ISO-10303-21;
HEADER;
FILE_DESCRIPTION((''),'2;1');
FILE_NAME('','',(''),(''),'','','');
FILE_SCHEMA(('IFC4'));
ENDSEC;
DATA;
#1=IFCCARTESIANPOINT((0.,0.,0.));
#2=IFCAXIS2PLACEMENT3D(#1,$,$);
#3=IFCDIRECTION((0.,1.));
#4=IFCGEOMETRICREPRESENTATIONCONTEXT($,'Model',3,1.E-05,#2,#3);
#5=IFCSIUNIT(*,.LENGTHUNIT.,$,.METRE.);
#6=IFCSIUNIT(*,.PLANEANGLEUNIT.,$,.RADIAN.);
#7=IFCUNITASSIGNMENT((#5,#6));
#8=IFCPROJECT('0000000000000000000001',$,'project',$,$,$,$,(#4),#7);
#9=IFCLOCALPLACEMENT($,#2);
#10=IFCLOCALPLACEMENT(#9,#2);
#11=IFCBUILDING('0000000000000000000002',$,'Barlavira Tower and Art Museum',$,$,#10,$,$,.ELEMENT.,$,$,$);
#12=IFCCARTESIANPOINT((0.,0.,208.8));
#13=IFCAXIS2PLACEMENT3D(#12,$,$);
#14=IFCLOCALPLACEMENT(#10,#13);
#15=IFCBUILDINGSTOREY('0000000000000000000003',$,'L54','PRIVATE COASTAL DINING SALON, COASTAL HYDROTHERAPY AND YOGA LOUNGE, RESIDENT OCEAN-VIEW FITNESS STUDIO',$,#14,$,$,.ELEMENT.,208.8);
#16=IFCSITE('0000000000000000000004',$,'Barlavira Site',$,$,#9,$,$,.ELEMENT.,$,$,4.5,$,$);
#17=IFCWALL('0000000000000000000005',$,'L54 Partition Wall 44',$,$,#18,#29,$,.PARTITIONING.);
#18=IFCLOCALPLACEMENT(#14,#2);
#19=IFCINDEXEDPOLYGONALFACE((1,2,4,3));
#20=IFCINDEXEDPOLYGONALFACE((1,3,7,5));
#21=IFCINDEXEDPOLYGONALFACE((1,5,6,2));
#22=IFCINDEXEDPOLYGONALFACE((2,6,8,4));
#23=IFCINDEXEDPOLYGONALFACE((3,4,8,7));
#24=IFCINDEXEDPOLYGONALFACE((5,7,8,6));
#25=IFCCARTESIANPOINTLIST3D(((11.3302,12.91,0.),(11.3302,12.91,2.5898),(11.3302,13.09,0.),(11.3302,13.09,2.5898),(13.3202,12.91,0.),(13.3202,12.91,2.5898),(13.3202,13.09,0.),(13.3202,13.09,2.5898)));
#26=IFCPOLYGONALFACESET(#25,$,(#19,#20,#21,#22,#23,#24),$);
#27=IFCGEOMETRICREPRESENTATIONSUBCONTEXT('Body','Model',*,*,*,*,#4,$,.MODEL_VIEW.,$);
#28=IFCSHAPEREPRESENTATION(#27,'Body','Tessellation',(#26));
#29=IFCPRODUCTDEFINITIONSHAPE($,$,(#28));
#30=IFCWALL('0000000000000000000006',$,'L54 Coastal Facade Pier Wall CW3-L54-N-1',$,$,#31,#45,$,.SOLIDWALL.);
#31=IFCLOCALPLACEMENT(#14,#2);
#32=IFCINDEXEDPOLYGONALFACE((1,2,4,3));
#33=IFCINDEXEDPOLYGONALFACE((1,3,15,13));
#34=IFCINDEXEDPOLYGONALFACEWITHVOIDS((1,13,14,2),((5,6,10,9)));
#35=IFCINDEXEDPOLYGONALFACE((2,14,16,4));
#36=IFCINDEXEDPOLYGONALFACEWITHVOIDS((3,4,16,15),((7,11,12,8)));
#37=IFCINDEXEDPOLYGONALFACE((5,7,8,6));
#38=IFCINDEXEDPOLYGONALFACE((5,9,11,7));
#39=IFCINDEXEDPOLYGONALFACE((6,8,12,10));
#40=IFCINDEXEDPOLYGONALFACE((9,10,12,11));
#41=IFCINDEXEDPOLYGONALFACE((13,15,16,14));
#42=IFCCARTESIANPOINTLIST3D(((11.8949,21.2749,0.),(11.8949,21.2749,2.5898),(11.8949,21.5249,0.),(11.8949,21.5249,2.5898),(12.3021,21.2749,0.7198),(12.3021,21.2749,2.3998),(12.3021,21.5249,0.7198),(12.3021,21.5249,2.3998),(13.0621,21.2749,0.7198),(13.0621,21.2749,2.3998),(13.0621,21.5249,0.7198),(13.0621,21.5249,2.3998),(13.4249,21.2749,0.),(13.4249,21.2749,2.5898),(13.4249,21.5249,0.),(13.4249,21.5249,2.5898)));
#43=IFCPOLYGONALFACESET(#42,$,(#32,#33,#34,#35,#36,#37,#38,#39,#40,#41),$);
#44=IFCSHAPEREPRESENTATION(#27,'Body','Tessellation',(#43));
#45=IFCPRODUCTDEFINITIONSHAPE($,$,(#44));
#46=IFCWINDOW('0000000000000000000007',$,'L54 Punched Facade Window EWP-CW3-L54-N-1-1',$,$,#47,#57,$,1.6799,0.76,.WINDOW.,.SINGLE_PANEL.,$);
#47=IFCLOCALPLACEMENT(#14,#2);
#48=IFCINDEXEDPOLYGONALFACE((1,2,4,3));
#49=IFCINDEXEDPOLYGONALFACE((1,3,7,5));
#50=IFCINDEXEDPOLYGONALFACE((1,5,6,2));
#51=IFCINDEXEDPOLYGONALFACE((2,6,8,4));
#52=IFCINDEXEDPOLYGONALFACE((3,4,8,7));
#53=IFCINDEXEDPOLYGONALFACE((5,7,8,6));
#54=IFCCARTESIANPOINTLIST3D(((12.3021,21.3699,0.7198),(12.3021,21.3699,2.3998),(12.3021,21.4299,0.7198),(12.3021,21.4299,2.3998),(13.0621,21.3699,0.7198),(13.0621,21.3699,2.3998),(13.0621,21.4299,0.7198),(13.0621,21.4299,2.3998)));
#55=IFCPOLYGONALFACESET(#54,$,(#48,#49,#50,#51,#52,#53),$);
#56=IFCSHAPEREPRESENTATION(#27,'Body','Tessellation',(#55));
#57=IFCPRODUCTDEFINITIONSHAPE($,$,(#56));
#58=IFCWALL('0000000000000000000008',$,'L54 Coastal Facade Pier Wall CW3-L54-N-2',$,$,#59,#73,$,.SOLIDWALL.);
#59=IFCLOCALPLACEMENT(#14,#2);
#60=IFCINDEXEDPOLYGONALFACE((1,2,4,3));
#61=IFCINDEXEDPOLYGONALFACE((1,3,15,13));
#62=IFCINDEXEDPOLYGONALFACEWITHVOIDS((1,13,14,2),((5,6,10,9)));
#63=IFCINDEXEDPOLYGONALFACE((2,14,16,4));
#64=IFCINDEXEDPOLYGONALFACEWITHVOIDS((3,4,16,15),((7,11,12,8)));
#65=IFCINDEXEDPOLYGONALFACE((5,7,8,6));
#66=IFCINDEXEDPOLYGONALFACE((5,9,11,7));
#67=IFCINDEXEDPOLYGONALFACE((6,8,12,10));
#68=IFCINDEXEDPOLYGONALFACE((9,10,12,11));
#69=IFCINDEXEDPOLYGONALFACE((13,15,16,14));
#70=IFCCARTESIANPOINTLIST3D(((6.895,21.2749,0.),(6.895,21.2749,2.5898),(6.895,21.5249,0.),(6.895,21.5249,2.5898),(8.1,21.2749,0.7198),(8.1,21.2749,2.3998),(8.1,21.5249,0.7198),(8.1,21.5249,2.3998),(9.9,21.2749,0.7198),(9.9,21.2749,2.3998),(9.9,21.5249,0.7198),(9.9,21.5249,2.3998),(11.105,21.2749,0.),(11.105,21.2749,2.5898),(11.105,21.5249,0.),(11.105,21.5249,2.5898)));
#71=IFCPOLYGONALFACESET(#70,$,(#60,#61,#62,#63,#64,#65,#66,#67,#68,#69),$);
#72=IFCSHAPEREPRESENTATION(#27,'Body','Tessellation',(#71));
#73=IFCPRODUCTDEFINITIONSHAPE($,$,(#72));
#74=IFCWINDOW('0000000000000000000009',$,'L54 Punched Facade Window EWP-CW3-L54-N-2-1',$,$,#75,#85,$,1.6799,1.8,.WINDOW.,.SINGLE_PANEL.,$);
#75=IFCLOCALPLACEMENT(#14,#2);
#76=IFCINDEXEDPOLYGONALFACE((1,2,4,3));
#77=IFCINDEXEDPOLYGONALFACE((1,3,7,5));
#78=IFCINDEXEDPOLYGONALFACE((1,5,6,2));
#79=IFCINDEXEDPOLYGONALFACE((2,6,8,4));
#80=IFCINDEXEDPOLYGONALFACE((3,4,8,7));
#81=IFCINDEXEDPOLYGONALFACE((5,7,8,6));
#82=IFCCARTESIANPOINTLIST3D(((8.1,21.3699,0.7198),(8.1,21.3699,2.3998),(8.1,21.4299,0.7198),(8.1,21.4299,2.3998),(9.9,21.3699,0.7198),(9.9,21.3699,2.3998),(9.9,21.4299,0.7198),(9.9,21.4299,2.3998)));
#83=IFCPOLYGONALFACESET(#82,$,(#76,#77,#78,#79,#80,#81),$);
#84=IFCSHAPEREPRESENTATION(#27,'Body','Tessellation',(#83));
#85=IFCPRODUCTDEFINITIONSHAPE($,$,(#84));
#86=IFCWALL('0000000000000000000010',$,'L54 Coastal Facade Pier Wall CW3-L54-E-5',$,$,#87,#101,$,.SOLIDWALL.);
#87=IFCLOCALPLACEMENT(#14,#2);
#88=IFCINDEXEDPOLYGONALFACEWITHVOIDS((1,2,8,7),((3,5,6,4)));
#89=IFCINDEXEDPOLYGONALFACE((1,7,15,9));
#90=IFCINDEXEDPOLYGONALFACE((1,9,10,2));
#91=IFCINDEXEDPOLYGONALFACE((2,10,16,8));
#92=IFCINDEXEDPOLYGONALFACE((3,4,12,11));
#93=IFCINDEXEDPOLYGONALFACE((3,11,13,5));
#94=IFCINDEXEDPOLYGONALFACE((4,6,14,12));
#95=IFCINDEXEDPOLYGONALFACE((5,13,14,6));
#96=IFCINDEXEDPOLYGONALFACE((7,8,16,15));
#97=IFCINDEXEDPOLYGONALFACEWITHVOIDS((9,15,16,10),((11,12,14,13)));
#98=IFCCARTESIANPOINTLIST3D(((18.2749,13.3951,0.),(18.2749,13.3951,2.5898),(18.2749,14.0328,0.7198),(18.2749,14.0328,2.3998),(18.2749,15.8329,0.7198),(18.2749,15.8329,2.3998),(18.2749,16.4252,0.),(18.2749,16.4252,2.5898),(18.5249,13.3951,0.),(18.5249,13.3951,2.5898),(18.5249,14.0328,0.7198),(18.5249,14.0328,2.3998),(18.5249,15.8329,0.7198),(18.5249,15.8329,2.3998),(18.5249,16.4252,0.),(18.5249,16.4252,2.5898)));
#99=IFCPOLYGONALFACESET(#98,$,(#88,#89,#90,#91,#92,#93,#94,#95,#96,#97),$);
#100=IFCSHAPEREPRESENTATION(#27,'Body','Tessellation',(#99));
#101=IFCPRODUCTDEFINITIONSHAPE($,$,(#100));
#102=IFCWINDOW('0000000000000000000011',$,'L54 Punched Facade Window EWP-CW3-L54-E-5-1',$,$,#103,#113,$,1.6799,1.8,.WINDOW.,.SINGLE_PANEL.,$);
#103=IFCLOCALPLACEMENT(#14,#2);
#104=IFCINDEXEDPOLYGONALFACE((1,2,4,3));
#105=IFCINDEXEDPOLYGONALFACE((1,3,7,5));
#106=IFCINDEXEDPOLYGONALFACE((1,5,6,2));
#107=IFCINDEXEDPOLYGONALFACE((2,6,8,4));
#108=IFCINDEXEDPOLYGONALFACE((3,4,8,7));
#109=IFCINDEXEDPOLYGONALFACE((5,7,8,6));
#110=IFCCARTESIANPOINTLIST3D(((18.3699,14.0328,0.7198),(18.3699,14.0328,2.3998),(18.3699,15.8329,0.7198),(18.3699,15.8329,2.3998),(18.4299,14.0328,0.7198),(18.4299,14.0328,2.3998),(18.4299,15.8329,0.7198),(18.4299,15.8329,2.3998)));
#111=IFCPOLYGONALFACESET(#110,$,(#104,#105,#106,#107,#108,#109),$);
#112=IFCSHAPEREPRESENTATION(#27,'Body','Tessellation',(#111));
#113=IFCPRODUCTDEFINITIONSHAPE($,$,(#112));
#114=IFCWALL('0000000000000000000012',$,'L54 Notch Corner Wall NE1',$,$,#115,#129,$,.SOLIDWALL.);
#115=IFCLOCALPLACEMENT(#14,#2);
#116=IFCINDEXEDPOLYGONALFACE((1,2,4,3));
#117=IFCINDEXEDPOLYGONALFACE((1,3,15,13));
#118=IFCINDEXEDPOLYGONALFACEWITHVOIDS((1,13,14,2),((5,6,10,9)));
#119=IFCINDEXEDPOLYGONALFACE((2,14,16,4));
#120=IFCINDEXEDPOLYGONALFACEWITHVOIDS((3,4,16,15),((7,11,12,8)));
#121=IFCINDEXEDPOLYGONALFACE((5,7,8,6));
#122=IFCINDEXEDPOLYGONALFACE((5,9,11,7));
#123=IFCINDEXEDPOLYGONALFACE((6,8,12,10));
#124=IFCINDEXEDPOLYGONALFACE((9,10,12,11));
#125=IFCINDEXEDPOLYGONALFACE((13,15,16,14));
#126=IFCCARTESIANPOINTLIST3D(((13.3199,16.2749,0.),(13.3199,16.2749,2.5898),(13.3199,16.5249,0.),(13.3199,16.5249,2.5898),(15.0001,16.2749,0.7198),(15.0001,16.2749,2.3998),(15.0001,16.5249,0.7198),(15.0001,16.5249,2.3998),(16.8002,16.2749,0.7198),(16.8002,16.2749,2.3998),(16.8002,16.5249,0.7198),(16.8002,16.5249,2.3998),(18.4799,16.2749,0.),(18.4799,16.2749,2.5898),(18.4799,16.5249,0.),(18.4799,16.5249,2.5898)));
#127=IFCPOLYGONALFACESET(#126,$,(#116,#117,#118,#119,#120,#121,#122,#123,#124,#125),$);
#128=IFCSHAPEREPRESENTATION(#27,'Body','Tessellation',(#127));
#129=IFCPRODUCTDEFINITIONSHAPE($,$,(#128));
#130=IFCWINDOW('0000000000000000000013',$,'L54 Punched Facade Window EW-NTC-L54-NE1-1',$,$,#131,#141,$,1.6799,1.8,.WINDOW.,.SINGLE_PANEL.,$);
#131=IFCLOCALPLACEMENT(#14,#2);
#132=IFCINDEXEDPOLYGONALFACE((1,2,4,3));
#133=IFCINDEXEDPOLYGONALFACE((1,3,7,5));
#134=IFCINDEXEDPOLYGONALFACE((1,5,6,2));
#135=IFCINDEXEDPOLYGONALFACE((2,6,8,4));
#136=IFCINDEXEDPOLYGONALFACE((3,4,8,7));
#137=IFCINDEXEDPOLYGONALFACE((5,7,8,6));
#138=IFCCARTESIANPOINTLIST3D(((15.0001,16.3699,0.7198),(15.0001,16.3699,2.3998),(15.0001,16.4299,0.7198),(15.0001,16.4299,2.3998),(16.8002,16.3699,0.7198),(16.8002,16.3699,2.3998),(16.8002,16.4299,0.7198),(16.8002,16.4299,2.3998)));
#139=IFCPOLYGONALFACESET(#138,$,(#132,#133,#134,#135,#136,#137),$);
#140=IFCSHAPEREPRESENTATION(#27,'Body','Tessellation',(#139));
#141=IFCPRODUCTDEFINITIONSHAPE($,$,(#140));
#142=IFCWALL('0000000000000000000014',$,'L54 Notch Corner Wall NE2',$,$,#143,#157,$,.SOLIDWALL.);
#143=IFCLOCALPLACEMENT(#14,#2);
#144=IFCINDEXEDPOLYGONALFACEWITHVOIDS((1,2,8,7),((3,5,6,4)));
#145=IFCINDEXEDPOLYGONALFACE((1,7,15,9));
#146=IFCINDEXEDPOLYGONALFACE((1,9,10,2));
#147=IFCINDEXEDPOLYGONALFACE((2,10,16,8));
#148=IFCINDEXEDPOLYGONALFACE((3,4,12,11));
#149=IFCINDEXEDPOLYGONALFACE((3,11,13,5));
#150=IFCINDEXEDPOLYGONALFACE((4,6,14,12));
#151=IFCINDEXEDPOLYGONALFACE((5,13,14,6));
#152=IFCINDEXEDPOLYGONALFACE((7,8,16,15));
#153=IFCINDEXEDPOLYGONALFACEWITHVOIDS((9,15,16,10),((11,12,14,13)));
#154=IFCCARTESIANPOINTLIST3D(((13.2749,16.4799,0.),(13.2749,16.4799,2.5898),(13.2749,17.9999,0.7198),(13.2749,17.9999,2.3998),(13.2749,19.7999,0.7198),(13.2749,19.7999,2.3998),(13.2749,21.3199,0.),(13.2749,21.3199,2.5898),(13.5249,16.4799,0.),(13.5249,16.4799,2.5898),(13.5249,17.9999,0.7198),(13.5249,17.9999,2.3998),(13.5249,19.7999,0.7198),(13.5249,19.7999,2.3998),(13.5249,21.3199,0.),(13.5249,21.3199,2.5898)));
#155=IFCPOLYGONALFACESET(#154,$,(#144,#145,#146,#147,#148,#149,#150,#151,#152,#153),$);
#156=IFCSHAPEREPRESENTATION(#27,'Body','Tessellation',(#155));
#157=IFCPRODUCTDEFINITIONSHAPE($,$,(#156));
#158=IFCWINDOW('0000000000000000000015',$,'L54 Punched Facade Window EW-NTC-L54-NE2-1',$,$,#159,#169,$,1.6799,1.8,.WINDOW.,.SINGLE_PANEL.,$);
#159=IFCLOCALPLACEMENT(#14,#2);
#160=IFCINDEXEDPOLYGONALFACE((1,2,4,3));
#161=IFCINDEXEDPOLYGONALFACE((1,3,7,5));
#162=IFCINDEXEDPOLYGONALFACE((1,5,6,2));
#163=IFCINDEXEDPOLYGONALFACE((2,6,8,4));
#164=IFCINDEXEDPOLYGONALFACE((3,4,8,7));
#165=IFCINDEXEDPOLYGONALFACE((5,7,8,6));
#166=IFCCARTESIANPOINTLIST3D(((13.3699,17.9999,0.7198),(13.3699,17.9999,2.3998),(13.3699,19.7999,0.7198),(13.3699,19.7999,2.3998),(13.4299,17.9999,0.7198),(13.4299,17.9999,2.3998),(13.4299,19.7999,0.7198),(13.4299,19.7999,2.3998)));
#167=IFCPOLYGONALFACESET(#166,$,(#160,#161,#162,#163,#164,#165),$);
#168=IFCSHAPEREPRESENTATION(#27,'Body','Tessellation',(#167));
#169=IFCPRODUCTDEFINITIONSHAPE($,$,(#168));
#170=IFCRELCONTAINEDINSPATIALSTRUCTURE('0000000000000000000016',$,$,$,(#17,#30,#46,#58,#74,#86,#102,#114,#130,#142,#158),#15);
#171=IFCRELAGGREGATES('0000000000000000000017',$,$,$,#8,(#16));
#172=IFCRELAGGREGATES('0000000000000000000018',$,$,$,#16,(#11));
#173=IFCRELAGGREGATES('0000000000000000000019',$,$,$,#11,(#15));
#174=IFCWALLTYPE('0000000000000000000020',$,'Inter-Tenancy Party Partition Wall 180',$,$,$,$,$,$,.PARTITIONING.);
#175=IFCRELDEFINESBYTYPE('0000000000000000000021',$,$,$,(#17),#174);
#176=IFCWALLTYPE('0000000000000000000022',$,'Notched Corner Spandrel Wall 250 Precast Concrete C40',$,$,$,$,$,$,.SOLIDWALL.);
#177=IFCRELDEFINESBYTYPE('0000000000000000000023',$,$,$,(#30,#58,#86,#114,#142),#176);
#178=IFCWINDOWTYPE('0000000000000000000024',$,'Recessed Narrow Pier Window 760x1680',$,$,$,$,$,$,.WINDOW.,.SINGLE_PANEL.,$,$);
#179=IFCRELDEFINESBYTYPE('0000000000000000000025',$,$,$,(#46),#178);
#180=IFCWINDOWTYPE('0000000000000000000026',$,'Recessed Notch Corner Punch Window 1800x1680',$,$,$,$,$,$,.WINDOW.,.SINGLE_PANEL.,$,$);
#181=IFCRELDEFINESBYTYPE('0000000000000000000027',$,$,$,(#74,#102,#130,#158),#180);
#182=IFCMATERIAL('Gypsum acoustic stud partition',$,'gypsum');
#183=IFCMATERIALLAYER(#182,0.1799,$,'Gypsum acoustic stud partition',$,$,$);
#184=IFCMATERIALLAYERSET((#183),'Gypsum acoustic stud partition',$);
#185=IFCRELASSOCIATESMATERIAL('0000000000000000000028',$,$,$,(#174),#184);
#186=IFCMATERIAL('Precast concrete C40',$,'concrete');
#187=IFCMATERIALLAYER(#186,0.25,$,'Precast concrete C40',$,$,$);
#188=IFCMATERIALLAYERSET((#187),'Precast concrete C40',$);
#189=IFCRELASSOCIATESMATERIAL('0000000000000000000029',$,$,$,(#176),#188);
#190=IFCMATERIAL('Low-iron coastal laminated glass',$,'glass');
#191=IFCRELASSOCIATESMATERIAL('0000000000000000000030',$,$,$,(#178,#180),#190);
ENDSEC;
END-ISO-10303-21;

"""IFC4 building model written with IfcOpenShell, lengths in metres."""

from ifc_helpers import new_model, si_unit, direction, frame, frame_2d, origin, place, context, subcontext, project, spatial, rectangle, extrude, material, layer, layer_set, type_object, element, fill, save


model = new_model("IFC4")

# Units and contexts
model_context = context("Model", 3, precision=1e-05, world=origin(), true_north=direction((0.0, 1.0)))
body_context = subcontext(model_context, "Body", "Model", "MODEL_VIEW")
ifc_project = project(units=[si_unit("LENGTHUNIT", "METRE"), si_unit("PLANEANGLEUNIT", "RADIAN")], contexts=[model_context])

# Site, building, storey
site_placement = place(None, origin())
site = spatial("IfcSite", under=ifc_project, at=site_placement, Name="Barlavira Site", CompositionType="ELEMENT", RefElevation=4.5)
building_placement = place(site_placement, origin())
building = spatial("IfcBuilding", under=site, at=building_placement, Name="Barlavira Tower and Art Museum", CompositionType="ELEMENT")
storey_placement = place(building_placement, frame((0.0, 0.0, 208.8)))
storey = spatial("IfcBuildingStorey", under=building, at=storey_placement, Name="L54", Description="PRIVATE COASTAL DINING SALON, COASTAL HYDROTHERAPY AND YOGA LOUNGE, RESIDENT OCEAN-VIEW FITNESS STUDIO", CompositionType="ELEMENT", Elevation=208.8)

# Shared definitions
ifc_material_1 = material(Name="Gypsum acoustic stud partition", Category="gypsum")
ifc_layer_1 = layer(ifc_material_1, 0.1799, Name="Gypsum acoustic stud partition")
ifc_layer_set_1 = layer_set([ifc_layer_1], Name="Gypsum acoustic stud partition")
wall_type_1 = type_object("IfcWallType", Name="Inter-Tenancy Party Partition Wall 180", PredefinedType="PARTITIONING", material=ifc_layer_set_1)

# Wall
wall_1_placement = place(storey_placement, frame((11.3301, 13.0, 0.0), z_axis=(0.0, 0.0, 1.0), x_axis=(1.0, 0.0, 0.0)))
element("IfcWall", 1, at=wall_1_placement, inside=storey, type_object=wall_type_1, Name="L54 Partition Wall 44", PredefinedType="PARTITIONING", context=body_context, shape_type="SweptSolid", body=[
    extrude(rectangle(XDim=1.99, YDim=0.1799, at=frame_2d((0.9951, 0.0))), origin(), (0.0, 0.0, 1.0), 2.5898),
])

# Walls, openings, windows
ifc_material_2 = material(Name="Precast concrete C40", Category="concrete")
ifc_layer_2 = layer(ifc_material_2, 0.25, Name="Precast concrete C40")
ifc_layer_set_2 = layer_set([ifc_layer_2], Name="Precast concrete C40")
wall_type_2 = type_object("IfcWallType", Name="Notched Corner Spandrel Wall 250 Precast Concrete C40", PredefinedType="SOLIDWALL", material=ifc_layer_set_2)
wall_2_placement = place(storey_placement, frame((13.425, 21.3999, 0.0), z_axis=(0.0, 0.0, 1.0), x_axis=(-1.0, 0.0, 0.0)))
wall_2 = element("IfcWall", 2, at=wall_2_placement, inside=storey, type_object=wall_type_2, Name="L54 Coastal Facade Pier Wall CW3-L54-N-1", PredefinedType="SOLIDWALL", context=body_context, shape_type="SweptSolid", body=[
    extrude(rectangle(XDim=1.53, YDim=0.25, at=frame_2d((0.7651, 0.0))), origin(), (0.0, 0.0, 1.0), 2.5898),
])
opening_1_placement = place(wall_2_placement, frame((0.363, 0.0, 0.72)))
opening_1 = element("IfcOpeningElement", 3, at=opening_1_placement, cuts=wall_2, PredefinedType="OPENING", context=body_context, shape_type="SweptSolid", body=[
    extrude(rectangle(XDim=0.76, YDim=1.6799, at=frame_2d((0.3799, 0.8398))), frame((0.0, 0.135, 0.0), z_axis=(0.0, -1.0, 0.0), x_axis=(1.0, 0.0, 0.0)), (0.0, 0.0, 1.0), 0.27),
])
ifc_material_3 = material(Name="Low-iron coastal laminated glass", Category="glass")
window_type_1 = type_object("IfcWindowType", Name="Recessed Narrow Pier Window 760x1680", PartitioningType="SINGLE_PANEL", PredefinedType="WINDOW", material=ifc_material_3)
window_1_placement = place(opening_1_placement, origin())
window_1 = element("IfcWindow", 4, at=window_1_placement, inside=storey, type_object=window_type_1, Name="L54 Punched Facade Window EWP-CW3-L54-N-1-1", OverallHeight=1.6799, OverallWidth=0.76, PartitioningType="SINGLE_PANEL", PredefinedType="WINDOW", context=body_context, shape_type="SweptSolid", body=[
    extrude(rectangle(XDim=0.76, YDim=1.6799, at=frame_2d((0.3799, 0.8398))), frame((0.0, 0.03, 0.0), z_axis=(0.0, -1.0, 0.0), x_axis=(1.0, 0.0, 0.0)), (0.0, 0.0, 1.0), 0.0601),
])
fill(opening_1, window_1)
wall_3_placement = place(storey_placement, frame((11.105, 21.3999, 0.0), z_axis=(0.0, 0.0, 1.0), x_axis=(-1.0, 0.0, 0.0)))
wall_3 = element("IfcWall", 5, at=wall_3_placement, inside=storey, type_object=wall_type_2, Name="L54 Coastal Facade Pier Wall CW3-L54-N-2", PredefinedType="SOLIDWALL", context=body_context, shape_type="SweptSolid", body=[
    extrude(rectangle(XDim=4.21, YDim=0.25, at=frame_2d((2.105, 0.0))), origin(), (0.0, 0.0, 1.0), 2.5898),
])
opening_2_placement = place(wall_3_placement, frame((1.2051, 0.0, 0.72)))
opening_2 = element("IfcOpeningElement", 6, at=opening_2_placement, cuts=wall_3, PredefinedType="OPENING", context=body_context, shape_type="SweptSolid", body=[
    extrude(rectangle(XDim=1.8, YDim=1.6799, at=frame_2d((0.8999, 0.8398))), frame((0.0, 0.135, 0.0), z_axis=(0.0, -1.0, 0.0), x_axis=(1.0, 0.0, 0.0)), (0.0, 0.0, 1.0), 0.27),
])
window_type_2 = type_object("IfcWindowType", Name="Recessed Notch Corner Punch Window 1800x1680", PartitioningType="SINGLE_PANEL", PredefinedType="WINDOW", material=ifc_material_3)
window_2_placement = place(opening_2_placement, origin())
window_2 = element("IfcWindow", 7, at=window_2_placement, inside=storey, type_object=window_type_2, Name="L54 Punched Facade Window EWP-CW3-L54-N-2-1", OverallHeight=1.6799, OverallWidth=1.8, PartitioningType="SINGLE_PANEL", PredefinedType="WINDOW", context=body_context, shape_type="SweptSolid", body=[
    extrude(rectangle(XDim=1.8, YDim=1.6799, at=frame_2d((0.8999, 0.8398))), frame((0.0, 0.03, 0.0), z_axis=(0.0, -1.0, 0.0), x_axis=(1.0, 0.0, 0.0)), (0.0, 0.0, 1.0), 0.0601),
])
fill(opening_2, window_2)
wall_4_placement = place(storey_placement, frame((18.3999, 13.395, 0.0), z_axis=(0.0, 0.0, 1.0), x_axis=(0.0, 1.0, 0.0)))
wall_4 = element("IfcWall", 8, at=wall_4_placement, inside=storey, type_object=wall_type_2, Name="L54 Coastal Facade Pier Wall CW3-L54-E-5", PredefinedType="SOLIDWALL", context=body_context, shape_type="SweptSolid", body=[
    extrude(rectangle(XDim=3.03, YDim=0.25, at=frame_2d((1.5151, 0.0))), origin(), (0.0, 0.0, 1.0), 2.5898),
])
opening_3_placement = place(wall_4_placement, frame((0.6379, 0.0, 0.72)))
opening_3 = element("IfcOpeningElement", 9, at=opening_3_placement, cuts=wall_4, PredefinedType="OPENING", context=body_context, shape_type="SweptSolid", body=[
    extrude(rectangle(XDim=1.8, YDim=1.6799, at=frame_2d((0.8999, 0.8398))), frame((0.0, 0.135, 0.0), z_axis=(0.0, -1.0, 0.0), x_axis=(1.0, 0.0, 0.0)), (0.0, 0.0, 1.0), 0.27),
])
window_3_placement = place(opening_3_placement, origin())
window_3 = element("IfcWindow", 10, at=window_3_placement, inside=storey, type_object=window_type_2, Name="L54 Punched Facade Window EWP-CW3-L54-E-5-1", OverallHeight=1.6799, OverallWidth=1.8, PartitioningType="SINGLE_PANEL", PredefinedType="WINDOW", context=body_context, shape_type="SweptSolid", body=[
    extrude(rectangle(XDim=1.8, YDim=1.6799, at=frame_2d((0.8999, 0.8398))), frame((0.0, 0.03, 0.0), z_axis=(0.0, -1.0, 0.0), x_axis=(1.0, 0.0, 0.0)), (0.0, 0.0, 1.0), 0.0601),
])
fill(opening_3, window_3)
wall_5_placement = place(storey_placement, frame((18.48, 16.3999, 0.0), z_axis=(0.0, 0.0, 1.0), x_axis=(-1.0, 0.0, 0.0)))
wall_5 = element("IfcWall", 11, at=wall_5_placement, inside=storey, type_object=wall_type_2, Name="L54 Notch Corner Wall NE1", PredefinedType="SOLIDWALL", context=body_context, shape_type="SweptSolid", body=[
    extrude(rectangle(XDim=5.1599, YDim=0.25, at=frame_2d((2.5801, 0.0))), origin(), (0.0, 0.0, 1.0), 2.5898),
])
opening_4_placement = place(wall_5_placement, frame((1.6799, 0.0, 0.72)))
opening_4 = element("IfcOpeningElement", 12, at=opening_4_placement, cuts=wall_5, PredefinedType="OPENING", context=body_context, shape_type="SweptSolid", body=[
    extrude(rectangle(XDim=1.8, YDim=1.6799, at=frame_2d((0.8999, 0.8398))), frame((0.0, 0.135, 0.0), z_axis=(0.0, -1.0, 0.0), x_axis=(1.0, 0.0, 0.0)), (0.0, 0.0, 1.0), 0.27),
])
window_4_placement = place(opening_4_placement, origin())
window_4 = element("IfcWindow", 13, at=window_4_placement, inside=storey, type_object=window_type_2, Name="L54 Punched Facade Window EW-NTC-L54-NE1-1", OverallHeight=1.6799, OverallWidth=1.8, PartitioningType="SINGLE_PANEL", PredefinedType="WINDOW", context=body_context, shape_type="SweptSolid", body=[
    extrude(rectangle(XDim=1.8, YDim=1.6799, at=frame_2d((0.8999, 0.8398))), frame((0.0, 0.03, 0.0), z_axis=(0.0, -1.0, 0.0), x_axis=(1.0, 0.0, 0.0)), (0.0, 0.0, 1.0), 0.0601),
])
fill(opening_4, window_4)
wall_6_placement = place(storey_placement, frame((13.3999, 16.48, 0.0), z_axis=(0.0, 0.0, 1.0), x_axis=(0.0, 1.0, 0.0)))
wall_6 = element("IfcWall", 14, at=wall_6_placement, inside=storey, type_object=wall_type_2, Name="L54 Notch Corner Wall NE2", PredefinedType="SOLIDWALL", context=body_context, shape_type="SweptSolid", body=[
    extrude(rectangle(XDim=4.8401, YDim=0.25, at=frame_2d((2.4199, 0.0))), origin(), (0.0, 0.0, 1.0), 2.5898),
])
opening_5_placement = place(wall_6_placement, frame((1.52, 0.0, 0.72)))
opening_5 = element("IfcOpeningElement", 15, at=opening_5_placement, cuts=wall_6, PredefinedType="OPENING", context=body_context, shape_type="SweptSolid", body=[
    extrude(rectangle(XDim=1.8, YDim=1.6799, at=frame_2d((0.8999, 0.8398))), frame((0.0, 0.135, 0.0), z_axis=(0.0, -1.0, 0.0), x_axis=(1.0, 0.0, 0.0)), (0.0, 0.0, 1.0), 0.27),
])
window_5_placement = place(opening_5_placement, origin())
window_5 = element("IfcWindow", 16, at=window_5_placement, inside=storey, type_object=window_type_2, Name="L54 Punched Facade Window EW-NTC-L54-NE2-1", OverallHeight=1.6799, OverallWidth=1.8, PartitioningType="SINGLE_PANEL", PredefinedType="WINDOW", context=body_context, shape_type="SweptSolid", body=[
    extrude(rectangle(XDim=1.8, YDim=1.6799, at=frame_2d((0.8999, 0.8398))), frame((0.0, 0.03, 0.0), z_axis=(0.0, -1.0, 0.0), x_axis=(1.0, 0.0, 0.0)), (0.0, 0.0, 1.0), 0.0601),
])
fill(opening_5, window_5)

save(model, "model.ifc")
